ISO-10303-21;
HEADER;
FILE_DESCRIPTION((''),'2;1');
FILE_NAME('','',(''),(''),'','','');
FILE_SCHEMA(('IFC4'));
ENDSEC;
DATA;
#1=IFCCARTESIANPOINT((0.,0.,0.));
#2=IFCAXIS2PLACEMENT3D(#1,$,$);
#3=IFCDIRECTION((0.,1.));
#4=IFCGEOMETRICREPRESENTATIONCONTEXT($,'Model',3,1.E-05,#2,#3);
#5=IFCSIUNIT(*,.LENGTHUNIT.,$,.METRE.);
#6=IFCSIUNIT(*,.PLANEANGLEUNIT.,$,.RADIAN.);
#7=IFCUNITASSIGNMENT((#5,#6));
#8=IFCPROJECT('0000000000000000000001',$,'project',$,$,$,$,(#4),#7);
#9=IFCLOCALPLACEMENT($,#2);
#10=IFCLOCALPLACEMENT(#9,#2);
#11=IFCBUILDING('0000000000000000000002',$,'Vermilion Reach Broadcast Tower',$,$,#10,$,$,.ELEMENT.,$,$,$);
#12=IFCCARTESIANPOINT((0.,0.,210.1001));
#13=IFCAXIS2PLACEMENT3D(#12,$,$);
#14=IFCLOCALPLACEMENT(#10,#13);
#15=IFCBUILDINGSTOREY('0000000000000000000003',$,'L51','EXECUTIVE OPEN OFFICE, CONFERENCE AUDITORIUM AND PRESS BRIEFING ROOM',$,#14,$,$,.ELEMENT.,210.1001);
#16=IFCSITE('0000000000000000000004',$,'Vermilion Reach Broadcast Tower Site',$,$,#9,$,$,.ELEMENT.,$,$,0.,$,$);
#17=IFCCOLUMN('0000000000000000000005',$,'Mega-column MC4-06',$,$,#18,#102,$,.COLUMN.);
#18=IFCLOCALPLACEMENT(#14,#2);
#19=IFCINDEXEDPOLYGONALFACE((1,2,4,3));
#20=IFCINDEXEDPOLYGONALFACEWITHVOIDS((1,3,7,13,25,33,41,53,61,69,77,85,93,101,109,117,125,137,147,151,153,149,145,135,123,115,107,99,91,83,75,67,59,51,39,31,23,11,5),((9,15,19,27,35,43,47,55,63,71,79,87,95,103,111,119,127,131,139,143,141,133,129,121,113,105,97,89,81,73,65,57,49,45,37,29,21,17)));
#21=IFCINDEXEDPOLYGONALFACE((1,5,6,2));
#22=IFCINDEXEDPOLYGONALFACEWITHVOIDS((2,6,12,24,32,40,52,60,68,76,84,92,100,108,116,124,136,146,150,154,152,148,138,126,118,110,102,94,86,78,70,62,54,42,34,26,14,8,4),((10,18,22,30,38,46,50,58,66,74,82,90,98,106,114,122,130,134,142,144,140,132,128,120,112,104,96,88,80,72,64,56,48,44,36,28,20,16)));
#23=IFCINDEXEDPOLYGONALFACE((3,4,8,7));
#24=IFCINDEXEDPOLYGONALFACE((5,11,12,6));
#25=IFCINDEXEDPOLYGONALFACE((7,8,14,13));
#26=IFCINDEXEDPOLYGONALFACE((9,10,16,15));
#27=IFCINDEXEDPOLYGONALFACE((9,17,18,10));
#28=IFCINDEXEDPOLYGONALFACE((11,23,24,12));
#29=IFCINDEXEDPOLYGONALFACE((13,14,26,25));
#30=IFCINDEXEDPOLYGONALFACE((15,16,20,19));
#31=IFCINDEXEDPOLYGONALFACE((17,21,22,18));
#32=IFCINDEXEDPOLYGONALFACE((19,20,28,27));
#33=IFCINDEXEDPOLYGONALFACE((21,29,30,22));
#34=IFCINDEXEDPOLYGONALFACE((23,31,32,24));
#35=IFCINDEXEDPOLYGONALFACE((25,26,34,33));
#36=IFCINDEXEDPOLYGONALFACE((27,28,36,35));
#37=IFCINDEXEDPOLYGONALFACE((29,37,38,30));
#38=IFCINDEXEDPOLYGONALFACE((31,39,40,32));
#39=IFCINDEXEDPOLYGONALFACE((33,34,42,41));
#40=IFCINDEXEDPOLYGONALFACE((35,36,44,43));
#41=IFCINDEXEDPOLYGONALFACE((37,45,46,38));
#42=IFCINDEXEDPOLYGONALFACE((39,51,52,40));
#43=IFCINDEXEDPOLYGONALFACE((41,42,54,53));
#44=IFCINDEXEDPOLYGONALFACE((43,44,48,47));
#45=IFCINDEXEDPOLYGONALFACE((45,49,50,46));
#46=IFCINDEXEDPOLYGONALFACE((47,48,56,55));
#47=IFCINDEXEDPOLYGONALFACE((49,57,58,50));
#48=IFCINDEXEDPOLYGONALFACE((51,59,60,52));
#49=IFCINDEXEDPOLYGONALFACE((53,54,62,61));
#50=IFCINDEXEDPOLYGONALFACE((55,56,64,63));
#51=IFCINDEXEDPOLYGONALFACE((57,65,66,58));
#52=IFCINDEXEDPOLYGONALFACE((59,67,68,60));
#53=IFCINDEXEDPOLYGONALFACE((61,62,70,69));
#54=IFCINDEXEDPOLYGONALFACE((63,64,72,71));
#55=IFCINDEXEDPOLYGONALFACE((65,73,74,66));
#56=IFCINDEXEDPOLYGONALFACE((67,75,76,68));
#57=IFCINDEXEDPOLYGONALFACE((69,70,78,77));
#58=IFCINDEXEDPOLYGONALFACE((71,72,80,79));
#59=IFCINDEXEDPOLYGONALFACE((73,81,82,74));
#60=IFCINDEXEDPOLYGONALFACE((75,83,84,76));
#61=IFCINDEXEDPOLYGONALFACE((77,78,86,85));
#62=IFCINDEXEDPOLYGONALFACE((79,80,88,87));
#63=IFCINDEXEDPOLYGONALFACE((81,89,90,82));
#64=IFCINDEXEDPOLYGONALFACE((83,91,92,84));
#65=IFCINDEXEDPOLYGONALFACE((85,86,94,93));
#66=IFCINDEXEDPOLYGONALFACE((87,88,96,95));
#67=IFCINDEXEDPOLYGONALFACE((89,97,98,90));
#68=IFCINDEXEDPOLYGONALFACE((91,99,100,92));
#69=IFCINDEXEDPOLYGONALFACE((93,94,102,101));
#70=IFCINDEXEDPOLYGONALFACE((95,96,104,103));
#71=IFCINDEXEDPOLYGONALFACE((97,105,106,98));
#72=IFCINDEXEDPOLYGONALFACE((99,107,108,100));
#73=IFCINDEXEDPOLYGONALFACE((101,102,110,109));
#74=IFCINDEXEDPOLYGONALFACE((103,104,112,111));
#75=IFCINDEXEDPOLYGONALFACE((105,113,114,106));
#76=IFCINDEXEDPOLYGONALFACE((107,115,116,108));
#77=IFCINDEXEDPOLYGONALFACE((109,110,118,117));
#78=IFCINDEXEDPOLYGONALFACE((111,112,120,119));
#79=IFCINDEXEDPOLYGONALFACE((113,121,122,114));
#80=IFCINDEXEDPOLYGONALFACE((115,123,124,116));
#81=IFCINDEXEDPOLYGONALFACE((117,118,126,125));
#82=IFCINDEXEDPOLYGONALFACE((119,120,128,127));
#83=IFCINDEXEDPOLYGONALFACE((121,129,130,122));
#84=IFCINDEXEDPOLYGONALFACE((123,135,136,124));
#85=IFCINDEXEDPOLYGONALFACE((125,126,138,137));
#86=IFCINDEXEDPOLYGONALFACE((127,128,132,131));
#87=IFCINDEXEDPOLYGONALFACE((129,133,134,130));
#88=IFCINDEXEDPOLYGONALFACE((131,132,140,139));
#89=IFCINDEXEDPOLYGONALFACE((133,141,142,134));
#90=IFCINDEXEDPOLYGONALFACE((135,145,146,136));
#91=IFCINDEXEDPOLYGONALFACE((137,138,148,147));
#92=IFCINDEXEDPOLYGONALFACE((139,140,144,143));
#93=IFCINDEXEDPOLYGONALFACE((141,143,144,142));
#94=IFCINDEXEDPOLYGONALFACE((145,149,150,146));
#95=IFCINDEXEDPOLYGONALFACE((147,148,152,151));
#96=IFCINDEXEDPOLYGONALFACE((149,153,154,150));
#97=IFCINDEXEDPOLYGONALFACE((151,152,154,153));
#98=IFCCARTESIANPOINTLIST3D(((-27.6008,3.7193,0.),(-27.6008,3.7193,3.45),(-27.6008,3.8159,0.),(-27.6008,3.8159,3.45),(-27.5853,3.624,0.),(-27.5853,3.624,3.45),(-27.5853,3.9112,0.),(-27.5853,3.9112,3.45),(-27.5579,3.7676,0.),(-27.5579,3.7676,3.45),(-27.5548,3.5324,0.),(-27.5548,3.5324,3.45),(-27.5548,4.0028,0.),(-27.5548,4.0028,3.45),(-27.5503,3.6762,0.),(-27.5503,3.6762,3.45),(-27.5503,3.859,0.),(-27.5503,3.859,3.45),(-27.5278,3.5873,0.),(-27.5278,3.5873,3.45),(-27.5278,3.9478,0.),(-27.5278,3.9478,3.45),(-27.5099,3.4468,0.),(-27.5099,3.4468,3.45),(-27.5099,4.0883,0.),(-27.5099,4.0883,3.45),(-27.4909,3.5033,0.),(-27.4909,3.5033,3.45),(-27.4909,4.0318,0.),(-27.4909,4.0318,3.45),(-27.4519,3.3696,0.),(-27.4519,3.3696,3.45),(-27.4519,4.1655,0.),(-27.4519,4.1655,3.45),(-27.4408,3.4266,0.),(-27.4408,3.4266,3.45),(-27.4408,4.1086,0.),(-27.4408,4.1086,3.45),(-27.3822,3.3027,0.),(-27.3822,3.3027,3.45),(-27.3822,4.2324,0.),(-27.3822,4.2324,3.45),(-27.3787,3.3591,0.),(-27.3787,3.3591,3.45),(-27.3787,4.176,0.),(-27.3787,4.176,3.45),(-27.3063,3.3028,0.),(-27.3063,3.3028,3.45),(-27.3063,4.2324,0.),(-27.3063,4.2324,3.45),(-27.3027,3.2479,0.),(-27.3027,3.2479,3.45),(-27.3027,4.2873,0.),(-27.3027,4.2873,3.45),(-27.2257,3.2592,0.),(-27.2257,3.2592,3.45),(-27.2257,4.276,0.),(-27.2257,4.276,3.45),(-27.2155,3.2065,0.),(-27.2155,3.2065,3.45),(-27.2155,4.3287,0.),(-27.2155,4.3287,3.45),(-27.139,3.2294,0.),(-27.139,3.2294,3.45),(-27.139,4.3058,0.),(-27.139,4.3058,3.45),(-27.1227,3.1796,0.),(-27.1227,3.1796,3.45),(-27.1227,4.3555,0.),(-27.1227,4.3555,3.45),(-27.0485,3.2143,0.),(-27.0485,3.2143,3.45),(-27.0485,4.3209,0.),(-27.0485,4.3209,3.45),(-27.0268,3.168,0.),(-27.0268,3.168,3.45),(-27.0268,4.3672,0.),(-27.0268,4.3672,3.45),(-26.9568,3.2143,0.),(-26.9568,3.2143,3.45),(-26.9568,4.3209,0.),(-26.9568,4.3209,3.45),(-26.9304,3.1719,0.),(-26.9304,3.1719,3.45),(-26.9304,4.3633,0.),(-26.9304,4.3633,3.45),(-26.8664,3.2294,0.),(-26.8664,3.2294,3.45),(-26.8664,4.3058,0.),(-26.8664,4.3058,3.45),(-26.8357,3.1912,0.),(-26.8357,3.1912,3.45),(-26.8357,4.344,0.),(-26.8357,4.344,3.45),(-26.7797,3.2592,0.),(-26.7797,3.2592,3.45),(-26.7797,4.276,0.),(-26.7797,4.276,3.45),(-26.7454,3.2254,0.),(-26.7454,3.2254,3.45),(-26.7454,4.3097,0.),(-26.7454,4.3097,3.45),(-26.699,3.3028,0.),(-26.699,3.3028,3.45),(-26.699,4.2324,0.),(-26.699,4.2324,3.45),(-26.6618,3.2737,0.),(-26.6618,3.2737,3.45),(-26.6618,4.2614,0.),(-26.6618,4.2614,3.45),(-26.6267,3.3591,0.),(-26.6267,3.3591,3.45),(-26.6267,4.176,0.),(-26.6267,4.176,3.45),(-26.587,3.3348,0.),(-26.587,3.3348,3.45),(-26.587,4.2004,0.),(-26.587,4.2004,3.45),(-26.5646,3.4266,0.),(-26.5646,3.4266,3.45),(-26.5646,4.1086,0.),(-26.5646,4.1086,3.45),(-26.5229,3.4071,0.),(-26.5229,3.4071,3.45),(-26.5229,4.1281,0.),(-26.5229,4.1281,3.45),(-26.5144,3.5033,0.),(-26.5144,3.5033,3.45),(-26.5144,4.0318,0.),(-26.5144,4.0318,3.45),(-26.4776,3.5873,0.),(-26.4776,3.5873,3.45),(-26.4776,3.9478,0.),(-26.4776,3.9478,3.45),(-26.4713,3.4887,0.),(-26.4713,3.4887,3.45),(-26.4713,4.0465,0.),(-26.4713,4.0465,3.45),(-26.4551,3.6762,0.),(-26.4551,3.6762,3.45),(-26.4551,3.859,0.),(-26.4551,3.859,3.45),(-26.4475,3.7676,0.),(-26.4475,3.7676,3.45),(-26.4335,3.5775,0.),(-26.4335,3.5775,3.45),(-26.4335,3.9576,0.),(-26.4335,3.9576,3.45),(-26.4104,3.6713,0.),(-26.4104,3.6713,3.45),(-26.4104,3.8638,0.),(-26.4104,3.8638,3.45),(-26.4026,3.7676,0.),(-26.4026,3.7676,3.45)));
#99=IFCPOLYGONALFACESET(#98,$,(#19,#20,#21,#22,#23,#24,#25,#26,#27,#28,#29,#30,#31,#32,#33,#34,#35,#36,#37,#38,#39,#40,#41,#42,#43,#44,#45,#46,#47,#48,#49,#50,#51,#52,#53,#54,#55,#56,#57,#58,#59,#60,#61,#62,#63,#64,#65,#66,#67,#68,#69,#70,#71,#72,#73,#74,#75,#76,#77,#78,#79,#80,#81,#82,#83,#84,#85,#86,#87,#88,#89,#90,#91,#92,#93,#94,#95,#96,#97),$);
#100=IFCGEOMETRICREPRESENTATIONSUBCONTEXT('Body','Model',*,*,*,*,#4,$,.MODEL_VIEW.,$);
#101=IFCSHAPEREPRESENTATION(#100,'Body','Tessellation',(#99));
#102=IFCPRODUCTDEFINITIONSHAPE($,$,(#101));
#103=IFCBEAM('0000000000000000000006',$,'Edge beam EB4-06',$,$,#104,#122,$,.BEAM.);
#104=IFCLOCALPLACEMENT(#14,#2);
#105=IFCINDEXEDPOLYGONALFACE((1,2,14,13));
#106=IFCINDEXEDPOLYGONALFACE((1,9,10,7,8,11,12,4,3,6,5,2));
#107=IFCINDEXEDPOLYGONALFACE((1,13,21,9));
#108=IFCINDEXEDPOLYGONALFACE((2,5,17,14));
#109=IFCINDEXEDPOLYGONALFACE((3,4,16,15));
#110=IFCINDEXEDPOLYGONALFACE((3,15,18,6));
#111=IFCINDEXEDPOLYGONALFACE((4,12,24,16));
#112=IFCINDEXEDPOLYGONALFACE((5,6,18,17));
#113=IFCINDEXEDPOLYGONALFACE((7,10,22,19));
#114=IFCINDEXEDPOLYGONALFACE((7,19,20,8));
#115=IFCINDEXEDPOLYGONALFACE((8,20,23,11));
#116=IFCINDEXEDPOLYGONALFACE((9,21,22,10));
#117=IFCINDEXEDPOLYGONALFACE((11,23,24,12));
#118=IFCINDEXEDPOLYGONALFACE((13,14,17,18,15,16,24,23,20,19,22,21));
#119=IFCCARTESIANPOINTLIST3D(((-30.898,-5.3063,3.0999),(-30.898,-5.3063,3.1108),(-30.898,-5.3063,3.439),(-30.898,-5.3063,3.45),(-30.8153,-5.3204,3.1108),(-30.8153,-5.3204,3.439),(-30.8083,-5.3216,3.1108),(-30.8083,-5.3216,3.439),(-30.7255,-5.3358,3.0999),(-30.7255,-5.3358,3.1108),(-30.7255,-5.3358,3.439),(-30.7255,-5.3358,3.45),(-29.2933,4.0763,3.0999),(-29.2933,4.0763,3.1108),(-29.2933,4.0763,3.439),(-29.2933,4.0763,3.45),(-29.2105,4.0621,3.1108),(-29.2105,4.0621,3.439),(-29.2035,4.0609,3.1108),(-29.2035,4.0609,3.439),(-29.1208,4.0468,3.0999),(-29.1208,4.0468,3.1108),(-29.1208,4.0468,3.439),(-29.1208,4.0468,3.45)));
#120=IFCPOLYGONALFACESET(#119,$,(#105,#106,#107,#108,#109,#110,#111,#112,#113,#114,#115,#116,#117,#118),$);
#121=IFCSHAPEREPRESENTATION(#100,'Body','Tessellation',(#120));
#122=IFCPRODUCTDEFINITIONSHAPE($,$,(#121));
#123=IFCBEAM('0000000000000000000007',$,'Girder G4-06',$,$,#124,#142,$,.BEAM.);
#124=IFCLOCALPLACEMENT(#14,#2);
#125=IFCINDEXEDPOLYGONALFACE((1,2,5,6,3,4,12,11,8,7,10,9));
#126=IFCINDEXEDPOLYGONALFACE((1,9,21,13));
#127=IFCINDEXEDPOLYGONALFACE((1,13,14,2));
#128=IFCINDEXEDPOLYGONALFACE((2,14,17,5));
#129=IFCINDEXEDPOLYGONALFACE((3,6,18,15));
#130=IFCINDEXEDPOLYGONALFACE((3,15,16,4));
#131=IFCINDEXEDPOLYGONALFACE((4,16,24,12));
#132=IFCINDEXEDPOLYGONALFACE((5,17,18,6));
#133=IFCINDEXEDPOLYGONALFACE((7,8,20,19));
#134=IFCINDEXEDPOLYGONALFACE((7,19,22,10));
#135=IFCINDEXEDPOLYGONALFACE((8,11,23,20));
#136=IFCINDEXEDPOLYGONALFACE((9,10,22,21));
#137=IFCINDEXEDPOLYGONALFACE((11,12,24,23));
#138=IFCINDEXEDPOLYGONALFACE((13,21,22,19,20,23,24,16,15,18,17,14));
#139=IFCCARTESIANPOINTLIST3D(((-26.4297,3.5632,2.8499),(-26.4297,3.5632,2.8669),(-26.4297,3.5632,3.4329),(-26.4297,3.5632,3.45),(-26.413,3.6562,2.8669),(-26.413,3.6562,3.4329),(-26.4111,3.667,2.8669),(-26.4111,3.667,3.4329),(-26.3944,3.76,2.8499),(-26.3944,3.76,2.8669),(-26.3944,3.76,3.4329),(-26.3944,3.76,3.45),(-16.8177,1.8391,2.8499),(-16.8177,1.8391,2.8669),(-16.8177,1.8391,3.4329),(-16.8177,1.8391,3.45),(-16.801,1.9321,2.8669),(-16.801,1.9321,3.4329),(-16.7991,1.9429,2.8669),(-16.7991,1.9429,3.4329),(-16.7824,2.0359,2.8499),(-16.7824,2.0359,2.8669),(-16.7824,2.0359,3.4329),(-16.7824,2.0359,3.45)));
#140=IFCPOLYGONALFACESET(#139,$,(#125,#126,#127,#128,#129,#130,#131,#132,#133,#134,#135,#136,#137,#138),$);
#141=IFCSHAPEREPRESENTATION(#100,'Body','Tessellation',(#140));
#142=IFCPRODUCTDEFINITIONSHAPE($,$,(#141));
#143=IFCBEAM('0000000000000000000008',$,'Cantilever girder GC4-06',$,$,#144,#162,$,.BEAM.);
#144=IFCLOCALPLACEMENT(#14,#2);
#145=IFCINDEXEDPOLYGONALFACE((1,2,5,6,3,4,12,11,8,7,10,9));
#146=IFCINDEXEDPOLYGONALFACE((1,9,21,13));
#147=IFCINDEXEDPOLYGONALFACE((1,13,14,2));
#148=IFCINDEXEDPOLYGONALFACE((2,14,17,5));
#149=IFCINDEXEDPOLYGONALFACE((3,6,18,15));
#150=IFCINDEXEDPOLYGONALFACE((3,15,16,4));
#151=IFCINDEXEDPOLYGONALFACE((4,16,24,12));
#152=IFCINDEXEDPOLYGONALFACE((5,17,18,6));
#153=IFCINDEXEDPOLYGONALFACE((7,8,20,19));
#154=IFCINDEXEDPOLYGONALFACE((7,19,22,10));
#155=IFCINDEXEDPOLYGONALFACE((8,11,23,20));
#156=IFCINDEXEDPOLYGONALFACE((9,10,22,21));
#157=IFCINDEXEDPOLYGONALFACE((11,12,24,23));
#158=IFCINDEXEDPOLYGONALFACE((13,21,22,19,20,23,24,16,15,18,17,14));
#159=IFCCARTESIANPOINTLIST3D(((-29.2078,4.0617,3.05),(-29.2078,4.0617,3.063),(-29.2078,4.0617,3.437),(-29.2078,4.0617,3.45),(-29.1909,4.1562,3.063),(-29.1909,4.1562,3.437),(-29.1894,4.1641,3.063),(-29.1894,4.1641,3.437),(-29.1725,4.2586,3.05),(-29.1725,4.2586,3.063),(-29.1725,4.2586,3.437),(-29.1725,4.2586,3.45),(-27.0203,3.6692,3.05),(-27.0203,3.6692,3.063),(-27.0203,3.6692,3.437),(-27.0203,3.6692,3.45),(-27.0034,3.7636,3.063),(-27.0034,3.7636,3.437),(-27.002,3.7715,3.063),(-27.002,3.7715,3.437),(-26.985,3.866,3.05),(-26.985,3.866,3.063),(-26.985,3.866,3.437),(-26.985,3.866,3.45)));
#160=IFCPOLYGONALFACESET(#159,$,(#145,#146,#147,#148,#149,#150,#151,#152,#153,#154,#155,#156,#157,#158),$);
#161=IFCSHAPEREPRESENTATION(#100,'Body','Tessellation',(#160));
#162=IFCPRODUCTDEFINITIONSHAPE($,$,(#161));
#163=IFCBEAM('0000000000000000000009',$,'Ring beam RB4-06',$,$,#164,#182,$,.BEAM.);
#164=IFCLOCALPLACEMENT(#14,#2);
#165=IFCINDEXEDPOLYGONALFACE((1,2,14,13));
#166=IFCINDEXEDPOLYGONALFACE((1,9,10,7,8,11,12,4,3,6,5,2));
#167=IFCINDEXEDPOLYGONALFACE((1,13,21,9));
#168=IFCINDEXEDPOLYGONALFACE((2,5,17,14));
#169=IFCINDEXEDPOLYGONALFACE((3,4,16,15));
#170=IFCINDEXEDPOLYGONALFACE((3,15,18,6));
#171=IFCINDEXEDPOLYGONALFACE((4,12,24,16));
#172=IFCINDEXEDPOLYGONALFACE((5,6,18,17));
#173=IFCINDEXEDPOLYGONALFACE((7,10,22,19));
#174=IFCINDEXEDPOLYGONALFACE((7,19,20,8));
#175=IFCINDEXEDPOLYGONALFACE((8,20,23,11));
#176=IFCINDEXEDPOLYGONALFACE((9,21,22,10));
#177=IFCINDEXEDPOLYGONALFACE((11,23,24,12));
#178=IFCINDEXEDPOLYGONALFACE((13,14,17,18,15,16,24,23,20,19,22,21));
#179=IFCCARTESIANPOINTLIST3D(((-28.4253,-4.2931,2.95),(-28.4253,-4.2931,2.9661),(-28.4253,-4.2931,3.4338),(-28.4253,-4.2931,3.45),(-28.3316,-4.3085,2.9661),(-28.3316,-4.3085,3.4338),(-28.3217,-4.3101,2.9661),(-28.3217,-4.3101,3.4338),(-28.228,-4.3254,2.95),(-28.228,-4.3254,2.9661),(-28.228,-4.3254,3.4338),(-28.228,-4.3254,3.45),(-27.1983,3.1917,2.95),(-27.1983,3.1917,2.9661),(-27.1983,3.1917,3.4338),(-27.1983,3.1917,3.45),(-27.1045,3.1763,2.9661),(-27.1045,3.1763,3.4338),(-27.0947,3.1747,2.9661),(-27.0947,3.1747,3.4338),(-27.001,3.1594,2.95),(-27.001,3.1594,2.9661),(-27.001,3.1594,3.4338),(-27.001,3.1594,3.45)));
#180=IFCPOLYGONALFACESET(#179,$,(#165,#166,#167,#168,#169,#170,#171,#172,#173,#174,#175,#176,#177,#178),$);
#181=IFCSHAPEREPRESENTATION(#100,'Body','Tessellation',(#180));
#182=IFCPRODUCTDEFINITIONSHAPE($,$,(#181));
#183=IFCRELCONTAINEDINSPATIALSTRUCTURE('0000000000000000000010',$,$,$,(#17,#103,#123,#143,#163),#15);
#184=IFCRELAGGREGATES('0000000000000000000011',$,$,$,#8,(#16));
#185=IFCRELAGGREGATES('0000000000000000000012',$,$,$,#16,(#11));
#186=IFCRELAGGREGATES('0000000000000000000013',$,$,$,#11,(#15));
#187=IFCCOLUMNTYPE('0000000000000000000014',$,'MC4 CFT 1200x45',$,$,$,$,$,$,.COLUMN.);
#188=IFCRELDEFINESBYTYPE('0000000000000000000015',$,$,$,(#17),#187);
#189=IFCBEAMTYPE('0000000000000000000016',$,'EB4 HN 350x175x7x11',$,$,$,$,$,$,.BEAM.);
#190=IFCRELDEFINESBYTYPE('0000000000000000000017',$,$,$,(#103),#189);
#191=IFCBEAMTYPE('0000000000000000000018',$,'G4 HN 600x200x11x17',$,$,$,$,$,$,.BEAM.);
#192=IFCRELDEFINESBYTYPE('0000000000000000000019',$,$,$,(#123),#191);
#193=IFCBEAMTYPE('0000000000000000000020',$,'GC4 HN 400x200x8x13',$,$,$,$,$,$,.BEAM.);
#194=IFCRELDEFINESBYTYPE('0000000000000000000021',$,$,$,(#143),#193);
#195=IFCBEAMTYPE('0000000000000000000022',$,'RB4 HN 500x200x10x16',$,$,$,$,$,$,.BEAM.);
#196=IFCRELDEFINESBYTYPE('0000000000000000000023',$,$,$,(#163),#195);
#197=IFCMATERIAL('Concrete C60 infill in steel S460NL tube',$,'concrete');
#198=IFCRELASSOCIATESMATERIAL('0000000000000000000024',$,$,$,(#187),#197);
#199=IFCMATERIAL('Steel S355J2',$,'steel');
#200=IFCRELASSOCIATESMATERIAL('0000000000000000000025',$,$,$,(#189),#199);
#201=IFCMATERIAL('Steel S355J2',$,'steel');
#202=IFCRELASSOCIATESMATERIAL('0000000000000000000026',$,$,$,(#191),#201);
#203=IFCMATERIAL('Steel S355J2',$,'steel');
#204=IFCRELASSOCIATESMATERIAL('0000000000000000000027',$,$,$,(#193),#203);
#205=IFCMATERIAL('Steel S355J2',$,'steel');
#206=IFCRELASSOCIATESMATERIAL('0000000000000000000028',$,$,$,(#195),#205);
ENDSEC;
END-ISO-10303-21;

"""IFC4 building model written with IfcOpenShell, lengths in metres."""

from ifc_helpers import new_model, si_unit, direction, frame, origin, origin_2d, place, context, subcontext, project, spatial, hollow_circle, i_section, extrude, material, material_profile, profile_set, type_object, element, save


model = new_model("IFC4")

# Units and contexts
model_context = context("Model", 3, precision=1e-05, world=origin(), true_north=direction((0.0, 1.0)))
body_context = subcontext(model_context, "Body", "Model", "MODEL_VIEW")
ifc_project = project(units=[si_unit("LENGTHUNIT", "METRE"), si_unit("PLANEANGLEUNIT", "RADIAN")], contexts=[model_context])

# Site, building, storey
site_placement = place(None, origin())
site = spatial("IfcSite", under=ifc_project, at=site_placement, Name="Vermilion Reach Broadcast Tower Site", CompositionType="ELEMENT", RefElevation=0.0)
building_placement = place(site_placement, origin())
building = spatial("IfcBuilding", under=site, at=building_placement, Name="Vermilion Reach Broadcast Tower", CompositionType="ELEMENT")
storey_placement = place(building_placement, frame((0.0, 0.0, 210.1001)))
storey = spatial("IfcBuildingStorey", under=building, at=storey_placement, Name="L51", Description="EXECUTIVE OPEN OFFICE, CONFERENCE AUDITORIUM AND PRESS BRIEFING ROOM", CompositionType="ELEMENT", Elevation=210.1001)

# Column
ifc_material_1 = material(Name="Concrete C60 infill in steel S460NL tube", Category="concrete")
ifc_material_profile_1 = material_profile(ifc_material_1, hollow_circle(Radius=0.6001, WallThickness=0.0449, at=origin_2d()), Name="Concrete C60 infill in steel S460NL tube CFT 1200x45")
ifc_profile_set_1 = profile_set([ifc_material_profile_1], Name="Concrete C60 infill in steel S460NL tube")
column_type = type_object("IfcColumnType", Name="MC4 CFT 1200x45", PredefinedType="COLUMN", material=ifc_profile_set_1)
column_placement = place(storey_placement, frame((-27.0027, 3.7676, 0.0), z_axis=(0.0, 0.0, 1.0), x_axis=(1.0, 0.0, 0.0)))
element("IfcColumn", 1, at=column_placement, inside=storey, type_object=column_type, Name="Mega-column MC4-06", PredefinedType="COLUMN", context=body_context, shape_type="SweptSolid", body=[
    extrude(hollow_circle(Radius=0.6001, WallThickness=0.0449, at=origin_2d()), origin(), (0.0, 0.0, 1.0), 3.45),
])

# Beams
ifc_material_2 = material(Name="Steel S355J2", Category="steel")
ifc_material_profile_2 = material_profile(ifc_material_2, i_section(OverallWidth=0.175, OverallDepth=0.3501, WebThickness=0.0071, FlangeThickness=0.011, at=origin_2d()), Name="S355J2 HN 350x175x7x11")
ifc_profile_set_2 = profile_set([ifc_material_profile_2], Name="Steel S355J2")
beam_type_1 = type_object("IfcBeamType", Name="EB4 HN 350x175x7x11", PredefinedType="BEAM", material=ifc_profile_set_2)
beam_1_placement = place(storey_placement, frame((-29.207, 4.0615, 3.2749), z_axis=(-0.168586, -0.985687, 0.0), x_axis=(0.985687, -0.168586, 0.0)))
element("IfcBeam", 2, at=beam_1_placement, inside=storey, type_object=beam_type_1, Name="Edge beam EB4-06", PredefinedType="BEAM", context=body_context, shape_type="SweptSolid", body=[
    extrude(i_section(OverallWidth=0.175, OverallDepth=0.3501, WebThickness=0.0071, FlangeThickness=0.011, at=origin_2d()), origin(), (0.0, 0.0, 1.0), 9.5188),
])
ifc_material_3 = material(Name="Steel S355J2", Category="steel")
ifc_material_profile_3 = material_profile(ifc_material_3, i_section(OverallWidth=0.2, OverallDepth=0.6001, WebThickness=0.011, FlangeThickness=0.0171, at=origin_2d()), Name="S355J2 HN 600x200x11x17")
ifc_profile_set_3 = profile_set([ifc_material_profile_3], Name="Steel S355J2")
beam_type_2 = type_object("IfcBeamType", Name="G4 HN 600x200x11x17", PredefinedType="BEAM", material=ifc_profile_set_3)
beam_2_placement = place(storey_placement, frame((-16.8, 1.9375, 3.1499), z_axis=(-0.984291, 0.176553, 0.0), x_axis=(-0.176553, -0.984291, 0.0)))
element("IfcBeam", 3, at=beam_2_placement, inside=storey, type_object=beam_type_2, Name="Girder G4-06", PredefinedType="BEAM", context=body_context, shape_type="SweptSolid", body=[
    extrude(i_section(OverallWidth=0.2, OverallDepth=0.6001, WebThickness=0.011, FlangeThickness=0.0171, at=origin_2d()), origin(), (0.0, 0.0, 1.0), 9.7654),
])
ifc_material_4 = material(Name="Steel S355J2", Category="steel")
ifc_material_profile_4 = material_profile(ifc_material_4, i_section(OverallWidth=0.2, OverallDepth=0.3999, WebThickness=0.0081, FlangeThickness=0.0129, at=origin_2d()), Name="S355J2 HN 400x200x8x13")
ifc_profile_set_4 = profile_set([ifc_material_profile_4], Name="Steel S355J2")
beam_type_3 = type_object("IfcBeamType", Name="GC4 HN 400x200x8x13", PredefinedType="BEAM", material=ifc_profile_set_4)
beam_3_placement = place(storey_placement, frame((-27.0027, 3.7676, 3.25), z_axis=(-0.984275, 0.176642, 0.0), x_axis=(-0.176642, -0.984275, 0.0)))
element("IfcBeam", 4, at=beam_3_placement, inside=storey, type_object=beam_type_3, Name="Cantilever girder GC4-06", PredefinedType="BEAM", context=body_context, shape_type="SweptSolid", body=[
    extrude(i_section(OverallWidth=0.2, OverallDepth=0.3999, WebThickness=0.0081, FlangeThickness=0.0129, at=origin_2d()), origin(), (0.0, 0.0, 1.0), 2.2224),
])
ifc_material_5 = material(Name="Steel S355J2", Category="steel")
ifc_material_profile_5 = material_profile(ifc_material_5, i_section(OverallWidth=0.2, OverallDepth=0.5, WebThickness=0.01, FlangeThickness=0.0161, at=origin_2d()), Name="S355J2 HN 500x200x10x16")
ifc_profile_set_5 = profile_set([ifc_material_profile_5], Name="Steel S355J2")
beam_type_4 = type_object("IfcBeamType", Name="RB4 HN 500x200x10x16", PredefinedType="BEAM", material=ifc_profile_set_5)
beam_4_placement = place(storey_placement, frame((-27.0996, 3.1755, 3.2), z_axis=(-0.161778, -0.986827, 0.0), x_axis=(0.986827, -0.161778, 0.0)))
element("IfcBeam", 5, at=beam_4_placement, inside=storey, type_object=beam_type_4, Name="Ring beam RB4-06", PredefinedType="BEAM", context=body_context, shape_type="SweptSolid", body=[
    extrude(i_section(OverallWidth=0.2, OverallDepth=0.5, WebThickness=0.01, FlangeThickness=0.0161, at=origin_2d()), origin(), (0.0, 0.0, 1.0), 7.5847),
])

save(model, "model.ifc")
